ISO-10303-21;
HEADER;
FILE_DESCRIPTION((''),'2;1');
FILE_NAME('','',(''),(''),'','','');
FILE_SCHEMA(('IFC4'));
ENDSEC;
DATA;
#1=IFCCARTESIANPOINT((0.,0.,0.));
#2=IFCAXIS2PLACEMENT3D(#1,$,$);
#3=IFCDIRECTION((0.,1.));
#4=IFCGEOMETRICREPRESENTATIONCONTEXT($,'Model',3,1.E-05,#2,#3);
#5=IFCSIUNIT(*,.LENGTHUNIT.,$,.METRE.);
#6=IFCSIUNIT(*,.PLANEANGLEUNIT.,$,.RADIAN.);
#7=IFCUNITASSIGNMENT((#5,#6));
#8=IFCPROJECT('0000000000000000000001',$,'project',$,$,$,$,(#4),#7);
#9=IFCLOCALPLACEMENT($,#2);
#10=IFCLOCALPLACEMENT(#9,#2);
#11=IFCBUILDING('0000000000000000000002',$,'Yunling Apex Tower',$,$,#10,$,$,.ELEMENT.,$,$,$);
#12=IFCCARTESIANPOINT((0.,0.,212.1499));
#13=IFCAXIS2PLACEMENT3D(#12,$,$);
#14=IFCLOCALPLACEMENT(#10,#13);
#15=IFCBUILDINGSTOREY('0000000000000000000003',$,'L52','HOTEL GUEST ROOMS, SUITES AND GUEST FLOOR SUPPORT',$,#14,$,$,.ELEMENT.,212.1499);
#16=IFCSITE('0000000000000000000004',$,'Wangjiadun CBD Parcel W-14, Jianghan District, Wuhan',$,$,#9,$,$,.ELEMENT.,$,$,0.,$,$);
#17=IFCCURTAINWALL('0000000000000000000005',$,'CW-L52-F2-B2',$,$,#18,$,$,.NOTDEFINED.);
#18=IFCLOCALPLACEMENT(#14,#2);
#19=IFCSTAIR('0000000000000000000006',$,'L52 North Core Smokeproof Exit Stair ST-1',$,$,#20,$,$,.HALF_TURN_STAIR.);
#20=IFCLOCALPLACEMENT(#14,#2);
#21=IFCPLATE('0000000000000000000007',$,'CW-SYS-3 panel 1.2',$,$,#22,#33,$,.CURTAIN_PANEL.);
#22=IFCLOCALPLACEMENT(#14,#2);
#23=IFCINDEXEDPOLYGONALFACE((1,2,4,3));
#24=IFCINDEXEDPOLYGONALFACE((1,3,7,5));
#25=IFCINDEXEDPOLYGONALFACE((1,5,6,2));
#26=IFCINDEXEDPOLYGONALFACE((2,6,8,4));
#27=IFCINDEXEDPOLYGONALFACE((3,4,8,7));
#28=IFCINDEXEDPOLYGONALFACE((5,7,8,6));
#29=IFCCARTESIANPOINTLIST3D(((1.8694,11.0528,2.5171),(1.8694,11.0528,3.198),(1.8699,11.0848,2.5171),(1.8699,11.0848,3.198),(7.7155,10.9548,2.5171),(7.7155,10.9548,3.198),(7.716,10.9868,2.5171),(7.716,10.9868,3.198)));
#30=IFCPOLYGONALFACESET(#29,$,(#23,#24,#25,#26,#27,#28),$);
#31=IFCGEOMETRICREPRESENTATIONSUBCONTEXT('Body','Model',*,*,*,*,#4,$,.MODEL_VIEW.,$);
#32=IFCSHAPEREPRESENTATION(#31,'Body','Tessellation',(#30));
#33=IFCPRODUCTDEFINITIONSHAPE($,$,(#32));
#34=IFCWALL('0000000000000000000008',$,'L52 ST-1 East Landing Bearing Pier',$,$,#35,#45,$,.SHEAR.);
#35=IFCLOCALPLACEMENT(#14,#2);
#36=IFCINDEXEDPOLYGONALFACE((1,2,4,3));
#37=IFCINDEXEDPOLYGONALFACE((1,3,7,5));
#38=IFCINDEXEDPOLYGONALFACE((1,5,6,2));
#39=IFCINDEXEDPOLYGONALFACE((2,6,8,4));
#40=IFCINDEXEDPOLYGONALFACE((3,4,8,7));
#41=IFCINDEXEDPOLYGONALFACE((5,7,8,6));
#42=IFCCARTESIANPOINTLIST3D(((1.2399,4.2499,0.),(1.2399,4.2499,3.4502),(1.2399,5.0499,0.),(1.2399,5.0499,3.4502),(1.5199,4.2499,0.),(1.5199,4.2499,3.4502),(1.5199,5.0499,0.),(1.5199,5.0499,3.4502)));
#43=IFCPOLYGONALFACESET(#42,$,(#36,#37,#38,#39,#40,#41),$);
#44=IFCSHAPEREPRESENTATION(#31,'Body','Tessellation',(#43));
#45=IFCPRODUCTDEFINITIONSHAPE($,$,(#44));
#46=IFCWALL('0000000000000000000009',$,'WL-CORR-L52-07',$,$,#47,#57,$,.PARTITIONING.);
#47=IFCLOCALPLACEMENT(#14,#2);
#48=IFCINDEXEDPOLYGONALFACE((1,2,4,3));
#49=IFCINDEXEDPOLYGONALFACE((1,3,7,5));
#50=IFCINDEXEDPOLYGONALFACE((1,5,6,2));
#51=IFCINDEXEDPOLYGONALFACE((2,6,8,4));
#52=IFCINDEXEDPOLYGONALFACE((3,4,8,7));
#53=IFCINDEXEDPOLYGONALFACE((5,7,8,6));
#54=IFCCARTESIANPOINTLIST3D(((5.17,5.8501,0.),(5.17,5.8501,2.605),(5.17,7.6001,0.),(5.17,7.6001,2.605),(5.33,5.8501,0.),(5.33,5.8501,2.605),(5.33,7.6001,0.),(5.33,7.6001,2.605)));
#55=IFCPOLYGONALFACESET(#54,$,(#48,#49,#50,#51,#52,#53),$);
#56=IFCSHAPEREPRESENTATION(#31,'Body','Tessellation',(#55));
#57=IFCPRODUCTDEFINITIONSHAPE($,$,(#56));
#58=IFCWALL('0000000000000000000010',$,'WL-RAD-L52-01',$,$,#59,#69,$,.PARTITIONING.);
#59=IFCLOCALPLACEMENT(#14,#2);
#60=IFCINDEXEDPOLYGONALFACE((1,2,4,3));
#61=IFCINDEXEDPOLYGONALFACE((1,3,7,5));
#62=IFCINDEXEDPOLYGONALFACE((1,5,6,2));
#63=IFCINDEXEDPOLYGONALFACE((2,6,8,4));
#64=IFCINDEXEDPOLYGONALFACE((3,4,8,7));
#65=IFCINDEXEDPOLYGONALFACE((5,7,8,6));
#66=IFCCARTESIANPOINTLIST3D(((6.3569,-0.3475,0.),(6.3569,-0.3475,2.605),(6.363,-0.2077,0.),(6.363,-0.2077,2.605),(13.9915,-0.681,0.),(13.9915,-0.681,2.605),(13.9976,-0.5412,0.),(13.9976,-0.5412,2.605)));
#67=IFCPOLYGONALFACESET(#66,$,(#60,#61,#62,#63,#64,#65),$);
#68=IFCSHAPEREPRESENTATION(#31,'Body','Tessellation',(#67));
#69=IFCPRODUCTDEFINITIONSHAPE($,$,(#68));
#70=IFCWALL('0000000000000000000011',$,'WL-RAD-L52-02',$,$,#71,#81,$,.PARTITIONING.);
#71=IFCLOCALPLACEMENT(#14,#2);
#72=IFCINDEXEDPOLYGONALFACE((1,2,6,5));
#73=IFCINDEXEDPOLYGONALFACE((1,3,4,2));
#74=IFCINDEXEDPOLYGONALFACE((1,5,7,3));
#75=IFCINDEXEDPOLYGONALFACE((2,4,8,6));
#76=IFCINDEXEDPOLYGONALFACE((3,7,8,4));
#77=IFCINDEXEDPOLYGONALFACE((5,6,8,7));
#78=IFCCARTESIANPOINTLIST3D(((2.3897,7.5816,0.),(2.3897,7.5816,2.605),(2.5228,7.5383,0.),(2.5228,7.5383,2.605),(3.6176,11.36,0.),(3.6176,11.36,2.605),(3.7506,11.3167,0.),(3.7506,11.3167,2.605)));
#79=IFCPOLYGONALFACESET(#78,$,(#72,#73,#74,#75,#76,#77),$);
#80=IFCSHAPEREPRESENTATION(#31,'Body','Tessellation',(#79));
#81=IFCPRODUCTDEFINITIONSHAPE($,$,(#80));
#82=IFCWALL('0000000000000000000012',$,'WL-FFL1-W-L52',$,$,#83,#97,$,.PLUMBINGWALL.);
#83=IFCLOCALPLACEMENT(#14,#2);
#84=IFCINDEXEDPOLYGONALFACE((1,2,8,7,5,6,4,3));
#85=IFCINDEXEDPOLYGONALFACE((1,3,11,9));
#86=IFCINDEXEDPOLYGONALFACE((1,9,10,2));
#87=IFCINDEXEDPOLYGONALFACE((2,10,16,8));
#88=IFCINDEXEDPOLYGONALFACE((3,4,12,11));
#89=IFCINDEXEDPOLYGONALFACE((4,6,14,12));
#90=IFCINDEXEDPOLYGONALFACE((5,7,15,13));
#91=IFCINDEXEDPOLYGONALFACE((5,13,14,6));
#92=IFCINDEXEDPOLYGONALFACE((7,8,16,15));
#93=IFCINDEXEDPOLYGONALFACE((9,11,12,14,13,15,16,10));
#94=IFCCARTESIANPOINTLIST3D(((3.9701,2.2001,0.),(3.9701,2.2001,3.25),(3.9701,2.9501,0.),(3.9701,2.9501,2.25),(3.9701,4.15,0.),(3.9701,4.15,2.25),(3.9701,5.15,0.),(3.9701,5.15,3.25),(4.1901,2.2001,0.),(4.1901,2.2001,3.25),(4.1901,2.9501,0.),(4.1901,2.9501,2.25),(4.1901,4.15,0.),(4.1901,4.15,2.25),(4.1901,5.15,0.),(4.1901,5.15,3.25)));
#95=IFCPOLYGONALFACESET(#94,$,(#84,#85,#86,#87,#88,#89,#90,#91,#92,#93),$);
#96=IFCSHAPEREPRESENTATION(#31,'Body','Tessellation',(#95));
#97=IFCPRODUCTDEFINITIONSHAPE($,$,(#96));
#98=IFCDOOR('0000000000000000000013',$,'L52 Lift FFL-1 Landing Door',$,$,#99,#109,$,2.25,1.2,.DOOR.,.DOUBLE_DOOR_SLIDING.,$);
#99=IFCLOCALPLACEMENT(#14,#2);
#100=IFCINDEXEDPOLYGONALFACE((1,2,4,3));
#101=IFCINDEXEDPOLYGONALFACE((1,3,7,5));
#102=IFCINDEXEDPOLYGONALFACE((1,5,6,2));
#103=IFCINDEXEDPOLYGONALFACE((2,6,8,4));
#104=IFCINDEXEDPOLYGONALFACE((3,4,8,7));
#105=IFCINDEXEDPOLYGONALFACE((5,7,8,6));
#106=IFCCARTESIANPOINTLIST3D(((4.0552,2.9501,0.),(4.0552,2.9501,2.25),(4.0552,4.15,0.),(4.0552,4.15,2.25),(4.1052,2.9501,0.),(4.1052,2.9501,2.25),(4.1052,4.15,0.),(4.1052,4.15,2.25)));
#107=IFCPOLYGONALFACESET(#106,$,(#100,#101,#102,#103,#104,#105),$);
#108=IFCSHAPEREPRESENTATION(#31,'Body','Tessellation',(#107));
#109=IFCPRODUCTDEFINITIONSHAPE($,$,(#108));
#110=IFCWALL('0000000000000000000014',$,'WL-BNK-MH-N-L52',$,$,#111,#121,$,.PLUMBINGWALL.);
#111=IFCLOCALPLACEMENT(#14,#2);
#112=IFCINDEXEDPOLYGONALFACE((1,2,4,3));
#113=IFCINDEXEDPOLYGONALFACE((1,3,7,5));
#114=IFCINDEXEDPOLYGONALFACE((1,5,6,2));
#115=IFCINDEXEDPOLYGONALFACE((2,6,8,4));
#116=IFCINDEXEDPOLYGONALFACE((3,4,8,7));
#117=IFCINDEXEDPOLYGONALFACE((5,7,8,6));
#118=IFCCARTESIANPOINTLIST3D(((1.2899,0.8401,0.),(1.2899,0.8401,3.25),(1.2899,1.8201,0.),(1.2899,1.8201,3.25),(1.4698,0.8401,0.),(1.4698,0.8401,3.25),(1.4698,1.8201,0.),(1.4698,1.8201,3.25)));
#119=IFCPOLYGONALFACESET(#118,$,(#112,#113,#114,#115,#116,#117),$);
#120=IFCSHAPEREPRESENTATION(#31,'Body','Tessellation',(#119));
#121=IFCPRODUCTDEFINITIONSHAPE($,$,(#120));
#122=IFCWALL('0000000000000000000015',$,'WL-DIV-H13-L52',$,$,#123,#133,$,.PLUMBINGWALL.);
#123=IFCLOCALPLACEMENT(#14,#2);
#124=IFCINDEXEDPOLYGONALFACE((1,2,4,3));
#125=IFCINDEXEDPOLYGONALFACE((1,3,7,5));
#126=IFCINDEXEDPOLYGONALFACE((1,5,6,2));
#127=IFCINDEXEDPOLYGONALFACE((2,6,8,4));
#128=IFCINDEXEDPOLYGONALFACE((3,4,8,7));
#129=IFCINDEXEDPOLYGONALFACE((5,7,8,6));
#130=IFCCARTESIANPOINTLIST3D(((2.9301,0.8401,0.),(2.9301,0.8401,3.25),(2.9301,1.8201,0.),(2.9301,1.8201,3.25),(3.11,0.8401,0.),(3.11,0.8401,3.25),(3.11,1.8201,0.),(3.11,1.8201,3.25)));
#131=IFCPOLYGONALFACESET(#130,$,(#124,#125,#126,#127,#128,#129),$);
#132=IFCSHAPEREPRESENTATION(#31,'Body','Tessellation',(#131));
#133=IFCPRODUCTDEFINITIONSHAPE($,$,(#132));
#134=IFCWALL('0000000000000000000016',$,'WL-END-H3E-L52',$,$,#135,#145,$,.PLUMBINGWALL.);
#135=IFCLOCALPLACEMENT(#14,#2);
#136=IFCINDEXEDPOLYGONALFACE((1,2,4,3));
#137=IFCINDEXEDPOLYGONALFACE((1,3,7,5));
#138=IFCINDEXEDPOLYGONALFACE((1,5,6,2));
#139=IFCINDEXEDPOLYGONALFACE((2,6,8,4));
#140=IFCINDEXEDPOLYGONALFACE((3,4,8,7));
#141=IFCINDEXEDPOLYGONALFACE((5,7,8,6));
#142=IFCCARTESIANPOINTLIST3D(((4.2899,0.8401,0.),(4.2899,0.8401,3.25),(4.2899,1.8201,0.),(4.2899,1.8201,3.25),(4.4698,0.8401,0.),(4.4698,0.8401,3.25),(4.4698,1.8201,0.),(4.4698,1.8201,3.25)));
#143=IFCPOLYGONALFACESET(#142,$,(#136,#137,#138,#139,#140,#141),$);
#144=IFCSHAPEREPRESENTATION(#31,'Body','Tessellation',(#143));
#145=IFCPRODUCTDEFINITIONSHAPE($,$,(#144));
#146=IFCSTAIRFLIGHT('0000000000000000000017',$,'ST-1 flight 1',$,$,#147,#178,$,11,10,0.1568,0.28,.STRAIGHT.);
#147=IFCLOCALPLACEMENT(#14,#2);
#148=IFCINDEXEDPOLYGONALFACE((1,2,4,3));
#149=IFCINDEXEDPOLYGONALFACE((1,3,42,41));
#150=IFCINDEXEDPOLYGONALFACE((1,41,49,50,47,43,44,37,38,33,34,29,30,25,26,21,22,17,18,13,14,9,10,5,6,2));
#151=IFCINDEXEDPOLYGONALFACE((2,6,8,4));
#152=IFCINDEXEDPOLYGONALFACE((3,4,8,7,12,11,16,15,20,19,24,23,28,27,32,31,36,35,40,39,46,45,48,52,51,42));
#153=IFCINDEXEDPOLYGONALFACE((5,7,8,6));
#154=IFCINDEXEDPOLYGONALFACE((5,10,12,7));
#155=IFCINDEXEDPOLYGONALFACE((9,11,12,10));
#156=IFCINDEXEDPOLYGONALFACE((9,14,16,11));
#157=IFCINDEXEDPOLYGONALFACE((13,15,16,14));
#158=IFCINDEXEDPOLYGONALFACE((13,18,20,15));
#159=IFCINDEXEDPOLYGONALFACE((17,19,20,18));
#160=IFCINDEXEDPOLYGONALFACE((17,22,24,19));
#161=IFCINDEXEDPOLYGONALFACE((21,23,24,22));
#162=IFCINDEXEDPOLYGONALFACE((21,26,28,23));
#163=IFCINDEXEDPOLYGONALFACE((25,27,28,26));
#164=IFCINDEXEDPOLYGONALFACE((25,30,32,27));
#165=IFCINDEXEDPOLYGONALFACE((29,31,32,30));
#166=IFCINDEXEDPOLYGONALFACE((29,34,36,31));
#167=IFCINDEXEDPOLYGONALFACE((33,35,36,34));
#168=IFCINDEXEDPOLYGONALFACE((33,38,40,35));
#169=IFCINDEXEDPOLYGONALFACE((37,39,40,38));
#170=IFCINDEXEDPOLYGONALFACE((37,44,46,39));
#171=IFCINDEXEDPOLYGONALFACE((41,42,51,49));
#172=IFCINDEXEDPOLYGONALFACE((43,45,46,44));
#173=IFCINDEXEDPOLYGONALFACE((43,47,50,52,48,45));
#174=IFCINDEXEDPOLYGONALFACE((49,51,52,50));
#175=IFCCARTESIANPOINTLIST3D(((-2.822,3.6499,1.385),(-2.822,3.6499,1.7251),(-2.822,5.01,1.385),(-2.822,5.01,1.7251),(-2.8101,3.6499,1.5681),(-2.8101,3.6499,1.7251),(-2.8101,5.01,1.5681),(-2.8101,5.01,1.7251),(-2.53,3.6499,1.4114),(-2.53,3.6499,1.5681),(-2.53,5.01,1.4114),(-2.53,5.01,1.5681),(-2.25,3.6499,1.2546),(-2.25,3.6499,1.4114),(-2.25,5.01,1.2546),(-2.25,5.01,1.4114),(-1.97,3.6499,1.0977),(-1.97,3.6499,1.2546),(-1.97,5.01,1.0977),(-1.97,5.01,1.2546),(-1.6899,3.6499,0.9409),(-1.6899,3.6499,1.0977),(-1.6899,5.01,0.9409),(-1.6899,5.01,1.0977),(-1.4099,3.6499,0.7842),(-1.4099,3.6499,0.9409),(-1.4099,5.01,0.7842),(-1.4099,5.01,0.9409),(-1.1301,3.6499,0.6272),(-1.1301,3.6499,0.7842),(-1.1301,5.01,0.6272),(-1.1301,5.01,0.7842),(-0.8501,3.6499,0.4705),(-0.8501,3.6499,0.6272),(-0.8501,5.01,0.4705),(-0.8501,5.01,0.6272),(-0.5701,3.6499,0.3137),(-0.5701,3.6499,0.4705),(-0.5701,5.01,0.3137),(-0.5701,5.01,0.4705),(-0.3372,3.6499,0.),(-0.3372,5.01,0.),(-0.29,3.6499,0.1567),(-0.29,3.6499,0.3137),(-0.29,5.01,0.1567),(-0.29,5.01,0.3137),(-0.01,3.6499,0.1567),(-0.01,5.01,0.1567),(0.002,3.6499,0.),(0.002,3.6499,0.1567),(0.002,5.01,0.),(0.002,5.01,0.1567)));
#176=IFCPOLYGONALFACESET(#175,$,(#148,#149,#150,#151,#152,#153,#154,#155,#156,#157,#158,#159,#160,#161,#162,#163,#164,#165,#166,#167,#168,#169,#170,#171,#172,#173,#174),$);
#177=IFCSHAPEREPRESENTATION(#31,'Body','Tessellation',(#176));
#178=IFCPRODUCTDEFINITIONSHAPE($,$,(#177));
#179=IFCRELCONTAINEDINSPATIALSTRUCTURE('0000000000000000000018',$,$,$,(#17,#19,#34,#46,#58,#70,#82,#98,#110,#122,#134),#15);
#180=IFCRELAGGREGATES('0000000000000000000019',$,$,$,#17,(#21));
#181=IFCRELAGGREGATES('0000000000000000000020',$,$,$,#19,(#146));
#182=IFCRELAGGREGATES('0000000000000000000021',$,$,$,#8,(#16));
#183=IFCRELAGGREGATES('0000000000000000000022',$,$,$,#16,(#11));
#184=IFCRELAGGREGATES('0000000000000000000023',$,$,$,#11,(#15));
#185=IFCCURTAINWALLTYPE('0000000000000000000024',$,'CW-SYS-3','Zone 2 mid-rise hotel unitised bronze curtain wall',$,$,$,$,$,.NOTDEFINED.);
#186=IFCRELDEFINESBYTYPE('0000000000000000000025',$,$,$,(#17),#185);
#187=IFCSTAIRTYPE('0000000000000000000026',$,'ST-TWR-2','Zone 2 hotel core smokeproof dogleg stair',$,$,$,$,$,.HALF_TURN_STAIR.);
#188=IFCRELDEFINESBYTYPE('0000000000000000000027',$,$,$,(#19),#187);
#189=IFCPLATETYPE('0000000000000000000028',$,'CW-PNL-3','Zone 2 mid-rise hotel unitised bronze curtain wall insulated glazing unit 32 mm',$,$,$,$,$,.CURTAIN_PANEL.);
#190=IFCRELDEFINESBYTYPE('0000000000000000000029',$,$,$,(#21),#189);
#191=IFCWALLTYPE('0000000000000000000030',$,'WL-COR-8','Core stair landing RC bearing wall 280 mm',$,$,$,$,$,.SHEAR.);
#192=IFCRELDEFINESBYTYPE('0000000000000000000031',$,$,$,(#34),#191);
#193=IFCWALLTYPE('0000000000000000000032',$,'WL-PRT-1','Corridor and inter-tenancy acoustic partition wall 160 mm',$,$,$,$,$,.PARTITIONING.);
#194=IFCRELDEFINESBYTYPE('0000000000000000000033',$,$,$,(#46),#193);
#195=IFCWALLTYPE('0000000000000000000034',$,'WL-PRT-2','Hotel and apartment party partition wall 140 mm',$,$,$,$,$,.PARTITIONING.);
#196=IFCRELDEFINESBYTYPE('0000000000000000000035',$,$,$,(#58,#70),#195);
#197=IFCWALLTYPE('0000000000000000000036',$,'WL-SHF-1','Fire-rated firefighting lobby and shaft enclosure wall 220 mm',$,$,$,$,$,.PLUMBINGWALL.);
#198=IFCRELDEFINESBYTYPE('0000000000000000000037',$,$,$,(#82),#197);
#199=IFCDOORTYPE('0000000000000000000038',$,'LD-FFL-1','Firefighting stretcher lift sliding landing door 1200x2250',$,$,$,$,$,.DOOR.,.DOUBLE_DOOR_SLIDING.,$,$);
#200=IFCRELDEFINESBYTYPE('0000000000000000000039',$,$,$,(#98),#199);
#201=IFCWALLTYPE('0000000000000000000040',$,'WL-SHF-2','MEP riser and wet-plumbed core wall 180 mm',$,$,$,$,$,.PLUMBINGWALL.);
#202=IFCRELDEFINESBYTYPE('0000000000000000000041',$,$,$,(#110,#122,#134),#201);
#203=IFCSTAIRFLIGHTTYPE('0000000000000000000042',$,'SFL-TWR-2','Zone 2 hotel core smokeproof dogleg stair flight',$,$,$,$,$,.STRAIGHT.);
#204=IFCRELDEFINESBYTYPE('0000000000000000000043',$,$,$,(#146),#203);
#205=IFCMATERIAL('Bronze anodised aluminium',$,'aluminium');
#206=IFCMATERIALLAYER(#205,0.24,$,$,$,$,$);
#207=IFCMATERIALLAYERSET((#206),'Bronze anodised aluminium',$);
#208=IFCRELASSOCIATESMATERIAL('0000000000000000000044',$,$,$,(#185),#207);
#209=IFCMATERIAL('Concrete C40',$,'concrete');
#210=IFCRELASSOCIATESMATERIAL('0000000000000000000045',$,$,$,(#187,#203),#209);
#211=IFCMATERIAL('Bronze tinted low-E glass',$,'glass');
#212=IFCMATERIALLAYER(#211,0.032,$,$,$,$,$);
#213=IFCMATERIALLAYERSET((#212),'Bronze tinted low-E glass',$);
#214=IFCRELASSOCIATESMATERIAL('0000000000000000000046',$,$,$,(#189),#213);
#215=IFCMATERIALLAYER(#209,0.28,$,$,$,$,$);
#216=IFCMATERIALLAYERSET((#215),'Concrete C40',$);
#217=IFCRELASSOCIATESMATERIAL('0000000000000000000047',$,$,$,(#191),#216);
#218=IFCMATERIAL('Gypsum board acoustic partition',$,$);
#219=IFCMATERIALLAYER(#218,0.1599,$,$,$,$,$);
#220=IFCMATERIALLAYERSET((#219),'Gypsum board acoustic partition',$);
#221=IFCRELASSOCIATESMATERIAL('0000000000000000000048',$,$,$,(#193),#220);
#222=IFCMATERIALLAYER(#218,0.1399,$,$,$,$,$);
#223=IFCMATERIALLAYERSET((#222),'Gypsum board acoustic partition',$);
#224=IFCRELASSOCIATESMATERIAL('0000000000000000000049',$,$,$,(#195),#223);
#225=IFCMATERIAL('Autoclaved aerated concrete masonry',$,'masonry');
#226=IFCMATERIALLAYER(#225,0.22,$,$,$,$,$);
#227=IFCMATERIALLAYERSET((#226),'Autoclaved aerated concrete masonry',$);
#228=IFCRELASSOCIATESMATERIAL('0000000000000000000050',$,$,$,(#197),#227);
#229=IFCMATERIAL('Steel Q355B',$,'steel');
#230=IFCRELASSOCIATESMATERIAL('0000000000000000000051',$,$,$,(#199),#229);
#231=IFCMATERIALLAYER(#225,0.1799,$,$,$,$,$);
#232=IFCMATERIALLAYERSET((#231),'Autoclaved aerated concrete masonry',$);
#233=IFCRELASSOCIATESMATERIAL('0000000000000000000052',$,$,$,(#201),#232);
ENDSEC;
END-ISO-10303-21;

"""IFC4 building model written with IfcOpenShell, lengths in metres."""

from ifc_helpers import new_model, si_unit, direction, frame, frame_2d, origin, origin_2d, place, context, subcontext, project, spatial, polyline, rectangle, outline, extrude, source, transform, mapped, material, layer, layer_set, type_object, element, fill, aggregate, save


model = new_model("IFC4")

# Units and contexts
model_context = context("Model", 3, precision=1e-05, world=origin(), true_north=direction((0.0, 1.0)))
body_context = subcontext(model_context, "Body", "Model", "MODEL_VIEW")
ifc_project = project(units=[si_unit("LENGTHUNIT", "METRE"), si_unit("PLANEANGLEUNIT", "RADIAN")], contexts=[model_context])

# Site, building, storey
site_placement = place(None, origin())
site = spatial("IfcSite", under=ifc_project, at=site_placement, Name="Wangjiadun CBD Parcel W-14, Jianghan District, Wuhan", CompositionType="ELEMENT", RefElevation=0.0)
building_placement = place(site_placement, origin())
building = spatial("IfcBuilding", under=site, at=building_placement, Name="Yunling Apex Tower", CompositionType="ELEMENT")
storey_placement = place(building_placement, frame((0.0, 0.0, 212.1499)))
storey = spatial("IfcBuildingStorey", under=building, at=storey_placement, Name="L52", Description="HOTEL GUEST ROOMS, SUITES AND GUEST FLOOR SUPPORT", CompositionType="ELEMENT", Elevation=212.1499)

# Shared definitions
ifc_material_1 = material(Name="Steel Q355B", Category="steel")

# Curtain wall
ifc_material_2 = material(Name="Bronze anodised aluminium", Category="aluminium")
ifc_layer_1 = layer(ifc_material_2, 0.24)
ifc_layer_set_1 = layer_set([ifc_layer_1], Name="Bronze anodised aluminium")
curtain_wall_type = type_object("IfcCurtainWallType", Name="CW-SYS-3", Description="Zone 2 mid-rise hotel unitised bronze curtain wall", PredefinedType="NOTDEFINED", material=ifc_layer_set_1)
curtain_wall_1_placement = place(storey_placement, origin())
curtain_wall_1 = element("IfcCurtainWall", 1, at=curtain_wall_1_placement, inside=storey, type_object=curtain_wall_type, Name="CW-L52-F2-B2", PredefinedType="NOTDEFINED")

# Shared definitions
ifc_material_3 = material(Name="Concrete C40", Category="concrete")

# Stair
stair_type = type_object("IfcStairType", Name="ST-TWR-2", Description="Zone 2 hotel core smokeproof dogleg stair", PredefinedType="HALF_TURN_STAIR", material=ifc_material_3)
stair_1_placement = place(storey_placement, origin())
stair_1 = element("IfcStair", 2, at=stair_1_placement, inside=storey, type_object=stair_type, Name="L52 North Core Smokeproof Exit Stair ST-1", PredefinedType="HALF_TURN_STAIR")

# Plate
ifc_material_4 = material(Name="Bronze tinted low-E glass", Category="glass")
ifc_layer_2 = layer(ifc_material_4, 0.032)
ifc_layer_set_2 = layer_set([ifc_layer_2], Name="Bronze tinted low-E glass")
plate_type_1 = type_object("IfcPlateType", Name="CW-PNL-3", Description="Zone 2 mid-rise hotel unitised bronze curtain wall insulated glazing unit 32 mm", PredefinedType="CURTAIN_PANEL", material=ifc_layer_set_2)
shared_shape_1 = source(origin(), body_context, "Body", "SweptSolid", [
    extrude(rectangle(XDim=5.8469, YDim=0.032, at=origin_2d()), origin(), (0.0, 0.0, 1.0), 0.6809),
])
plate_1_placement = place(storey_placement, frame((4.7927, 11.0198, 2.5171), z_axis=(0.0, 0.0, 1.0), x_axis=(-0.99986, 0.016759, 0.0)))
plate_1 = element("IfcPlate", 3, at=plate_1_placement, type_object=plate_type_1, Name="CW-SYS-3 panel 1.2", PredefinedType="CURTAIN_PANEL", context=body_context, shape_type="MappedRepresentation", body=[
    mapped(shared_shape_1, transform((0.0, 0.0, 0.0), scale=1.0)),
])
aggregate(curtain_wall_1, [plate_1])

# Walls
ifc_layer_3 = layer(ifc_material_3, 0.28)
ifc_layer_set_3 = layer_set([ifc_layer_3], Name="Concrete C40")
wall_type_1 = type_object("IfcWallType", Name="WL-COR-8", Description="Core stair landing RC bearing wall 280 mm", PredefinedType="SHEAR", material=ifc_layer_set_3)
wall_1_placement = place(storey_placement, frame((1.3799, 4.25, 0.0), z_axis=(0.0, 0.0, 1.0), x_axis=(0.0, 1.0, 0.0)))
element("IfcWall", 4, at=wall_1_placement, inside=storey, type_object=wall_type_1, Name="L52 ST-1 East Landing Bearing Pier", PredefinedType="SHEAR", context=body_context, shape_type="SweptSolid", body=[
    extrude(rectangle(XDim=0.8, YDim=0.28, at=frame_2d((0.3999, 0.0))), origin(), (0.0, 0.0, 1.0), 3.4502),
])
ifc_material_5 = material(Name="Gypsum board acoustic partition")
ifc_layer_4 = layer(ifc_material_5, 0.1599)
ifc_layer_set_4 = layer_set([ifc_layer_4], Name="Gypsum board acoustic partition")
wall_type_2 = type_object("IfcWallType", Name="WL-PRT-1", Description="Corridor and inter-tenancy acoustic partition wall 160 mm", PredefinedType="PARTITIONING", material=ifc_layer_set_4)
wall_2_placement = place(storey_placement, frame((5.25, 7.6001, 0.0), z_axis=(0.0, 0.0, 1.0), x_axis=(0.0, -1.0, 0.0)))
element("IfcWall", 5, at=wall_2_placement, inside=storey, type_object=wall_type_2, Name="WL-CORR-L52-07", PredefinedType="PARTITIONING", context=body_context, shape_type="SweptSolid", body=[
    extrude(rectangle(XDim=1.75, YDim=0.1599, at=frame_2d((0.875, 0.0))), origin(), (0.0, 0.0, 1.0), 2.605),
])
ifc_layer_5 = layer(ifc_material_5, 0.1399)
ifc_layer_set_5 = layer_set([ifc_layer_5], Name="Gypsum board acoustic partition")
wall_type_3 = type_object("IfcWallType", Name="WL-PRT-2", Description="Hotel and apartment party partition wall 140 mm", PredefinedType="PARTITIONING", material=ifc_layer_set_5)
wall_3_placement = place(storey_placement, frame((6.3601, -0.2776, 0.0), z_axis=(0.0, 0.0, 1.0), x_axis=(0.999047, -0.043641, 0.0)))
element("IfcWall", 6, at=wall_3_placement, inside=storey, type_object=wall_type_3, Name="WL-RAD-L52-01", PredefinedType="PARTITIONING", context=body_context, shape_type="SweptSolid", body=[
    extrude(rectangle(XDim=7.6418, YDim=0.1399, at=frame_2d((3.8208, 0.0))), origin(), (0.0, 0.0, 1.0), 2.605),
])
wall_4_placement = place(storey_placement, frame((2.4563, 7.5601, 0.0), z_axis=(0.0, 0.0, 1.0), x_axis=(0.309047, 0.951047, 0.0)))
element("IfcWall", 7, at=wall_4_placement, inside=storey, type_object=wall_type_3, Name="WL-RAD-L52-02", PredefinedType="PARTITIONING", context=body_context, shape_type="SweptSolid", body=[
    extrude(rectangle(XDim=3.9729, YDim=0.1399, at=frame_2d((1.9863, 0.0))), origin(), (0.0, 0.0, 1.0), 2.605),
])

# Wall, opening, door
ifc_material_6 = material(Name="Autoclaved aerated concrete masonry", Category="masonry")
ifc_layer_6 = layer(ifc_material_6, 0.22)
ifc_layer_set_6 = layer_set([ifc_layer_6], Name="Autoclaved aerated concrete masonry")
wall_type_4 = type_object("IfcWallType", Name="WL-SHF-1", Description="Fire-rated firefighting lobby and shaft enclosure wall 220 mm", PredefinedType="PLUMBINGWALL", material=ifc_layer_set_6)
wall_5_placement = place(storey_placement, frame((4.0801, 2.2, 0.0), z_axis=(0.0, 0.0, 1.0), x_axis=(0.0, 1.0, 0.0)))
wall_5 = element("IfcWall", 8, at=wall_5_placement, inside=storey, type_object=wall_type_4, Name="WL-FFL1-W-L52", PredefinedType="PLUMBINGWALL", context=body_context, shape_type="SweptSolid", body=[
    extrude(rectangle(XDim=2.95, YDim=0.22, at=frame_2d((1.4751, 0.0))), origin(), (0.0, 0.0, 1.0), 3.25),
])
opening_1_placement = place(wall_5_placement, frame((0.75, 0.0, 0.0)))
opening_1 = element("IfcOpeningElement", 9, at=opening_1_placement, cuts=wall_5, PredefinedType="OPENING", context=body_context, shape_type="SweptSolid", body=[
    extrude(rectangle(XDim=1.2, YDim=2.25, at=frame_2d((0.6001, 1.125))), frame((0.0, 0.1201, 0.0), z_axis=(0.0, -1.0, 0.0), x_axis=(1.0, 0.0, 0.0)), (0.0, 0.0, 1.0), 0.24),
])
door_type_1 = type_object("IfcDoorType", Name="LD-FFL-1", Description="Firefighting stretcher lift sliding landing door 1200x2250", OperationType="DOUBLE_DOOR_SLIDING", PredefinedType="DOOR", material=ifc_material_1)
door_1_placement = place(opening_1_placement, origin())
door_1 = element("IfcDoor", 10, at=door_1_placement, inside=storey, type_object=door_type_1, Name="L52 Lift FFL-1 Landing Door", OperationType="DOUBLE_DOOR_SLIDING", OverallHeight=2.25, OverallWidth=1.2, PredefinedType="DOOR", context=body_context, shape_type="SweptSolid", body=[
    extrude(rectangle(XDim=1.2, YDim=2.25, at=frame_2d((0.6001, 1.125))), frame((0.0, 0.0249, 0.0), z_axis=(0.0, -1.0, 0.0), x_axis=(1.0, 0.0, 0.0)), (0.0, 0.0, 1.0), 0.05),
])
fill(opening_1, door_1)

# Walls
ifc_layer_7 = layer(ifc_material_6, 0.1799)
ifc_layer_set_7 = layer_set([ifc_layer_7], Name="Autoclaved aerated concrete masonry")
wall_type_5 = type_object("IfcWallType", Name="WL-SHF-2", Description="MEP riser and wet-plumbed core wall 180 mm", PredefinedType="PLUMBINGWALL", material=ifc_layer_set_7)
for number, where, z_axis, x_axis, name in (
    (11, (1.3799, 0.8401, 0.0), (0.0, 0.0, 1.0), (0.0, 1.0, 0.0), "WL-BNK-MH-N-L52"),
    (12, (3.02, 0.8401, 0.0), (0.0, 0.0, 1.0), (0.0, 1.0, 0.0), "WL-DIV-H13-L52"),
    (13, (4.3799, 0.8401, 0.0), (0.0, 0.0, 1.0), (0.0, 1.0, 0.0), "WL-END-H3E-L52"),
):
    element("IfcWall", number, at=place(storey_placement, frame(where, z_axis=z_axis, x_axis=x_axis)), inside=storey, type_object=wall_type_5, Name=name, PredefinedType="PLUMBINGWALL", context=body_context, shape_type="SweptSolid", body=[
        extrude(rectangle(XDim=0.98, YDim=0.1799, at=frame_2d((0.49, 0.0))), origin(), (0.0, 0.0, 1.0), 3.25),
    ])

# Stair flight
stair_flight_type = type_object("IfcStairFlightType", Name="SFL-TWR-2", Description="Zone 2 hotel core smokeproof dogleg stair flight", PredefinedType="STRAIGHT", material=ifc_material_3)
stair_flight_placement = place(storey_placement, frame((-0.01, 4.3301, 0.0), z_axis=(0.0, 0.0, 1.0), x_axis=(-1.0, 0.0, 0.0)))
stair_flight = element("IfcStairFlight", 14, at=stair_flight_placement, type_object=stair_flight_type, Name="ST-1 flight 1", NumberOfRisers=11, NumberOfTreads=10, PredefinedType="STRAIGHT", RiserHeight=0.1568, TreadLength=0.28, context=body_context, shape_type="SweptSolid", body=[
    extrude(outline(polyline([(-0.012, 0.0), (-0.012, 0.1567), (0.0, 0.1567), (0.28, 0.1567), (0.28, 0.3137), (0.5601, 0.3137), (0.5601, 0.4705), (0.8401, 0.4705), (0.8401, 0.6272), (1.1201, 0.6272), (1.1201, 0.7842), (1.3999, 0.7842), (1.3999, 0.9409), (1.6799, 0.9409), (1.6799, 1.0977), (1.96, 1.0977), (1.96, 1.2546), (2.24, 1.2546), (2.24, 1.4114), (2.52, 1.4114), (2.52, 1.5681), (2.8, 1.5681), (2.8, 1.7251), (2.812, 1.7251), (2.812, 1.385), (0.3271, 0.0), (-0.012, 0.0)])), frame((0.0, 0.6802, 0.0), z_axis=(0.0, -1.0, 0.0), x_axis=(1.0, 0.0, 0.0)), (0.0, 0.0, 1.0), 1.3601),
])
aggregate(stair_1, [stair_flight])

save(model, "model.ifc")
